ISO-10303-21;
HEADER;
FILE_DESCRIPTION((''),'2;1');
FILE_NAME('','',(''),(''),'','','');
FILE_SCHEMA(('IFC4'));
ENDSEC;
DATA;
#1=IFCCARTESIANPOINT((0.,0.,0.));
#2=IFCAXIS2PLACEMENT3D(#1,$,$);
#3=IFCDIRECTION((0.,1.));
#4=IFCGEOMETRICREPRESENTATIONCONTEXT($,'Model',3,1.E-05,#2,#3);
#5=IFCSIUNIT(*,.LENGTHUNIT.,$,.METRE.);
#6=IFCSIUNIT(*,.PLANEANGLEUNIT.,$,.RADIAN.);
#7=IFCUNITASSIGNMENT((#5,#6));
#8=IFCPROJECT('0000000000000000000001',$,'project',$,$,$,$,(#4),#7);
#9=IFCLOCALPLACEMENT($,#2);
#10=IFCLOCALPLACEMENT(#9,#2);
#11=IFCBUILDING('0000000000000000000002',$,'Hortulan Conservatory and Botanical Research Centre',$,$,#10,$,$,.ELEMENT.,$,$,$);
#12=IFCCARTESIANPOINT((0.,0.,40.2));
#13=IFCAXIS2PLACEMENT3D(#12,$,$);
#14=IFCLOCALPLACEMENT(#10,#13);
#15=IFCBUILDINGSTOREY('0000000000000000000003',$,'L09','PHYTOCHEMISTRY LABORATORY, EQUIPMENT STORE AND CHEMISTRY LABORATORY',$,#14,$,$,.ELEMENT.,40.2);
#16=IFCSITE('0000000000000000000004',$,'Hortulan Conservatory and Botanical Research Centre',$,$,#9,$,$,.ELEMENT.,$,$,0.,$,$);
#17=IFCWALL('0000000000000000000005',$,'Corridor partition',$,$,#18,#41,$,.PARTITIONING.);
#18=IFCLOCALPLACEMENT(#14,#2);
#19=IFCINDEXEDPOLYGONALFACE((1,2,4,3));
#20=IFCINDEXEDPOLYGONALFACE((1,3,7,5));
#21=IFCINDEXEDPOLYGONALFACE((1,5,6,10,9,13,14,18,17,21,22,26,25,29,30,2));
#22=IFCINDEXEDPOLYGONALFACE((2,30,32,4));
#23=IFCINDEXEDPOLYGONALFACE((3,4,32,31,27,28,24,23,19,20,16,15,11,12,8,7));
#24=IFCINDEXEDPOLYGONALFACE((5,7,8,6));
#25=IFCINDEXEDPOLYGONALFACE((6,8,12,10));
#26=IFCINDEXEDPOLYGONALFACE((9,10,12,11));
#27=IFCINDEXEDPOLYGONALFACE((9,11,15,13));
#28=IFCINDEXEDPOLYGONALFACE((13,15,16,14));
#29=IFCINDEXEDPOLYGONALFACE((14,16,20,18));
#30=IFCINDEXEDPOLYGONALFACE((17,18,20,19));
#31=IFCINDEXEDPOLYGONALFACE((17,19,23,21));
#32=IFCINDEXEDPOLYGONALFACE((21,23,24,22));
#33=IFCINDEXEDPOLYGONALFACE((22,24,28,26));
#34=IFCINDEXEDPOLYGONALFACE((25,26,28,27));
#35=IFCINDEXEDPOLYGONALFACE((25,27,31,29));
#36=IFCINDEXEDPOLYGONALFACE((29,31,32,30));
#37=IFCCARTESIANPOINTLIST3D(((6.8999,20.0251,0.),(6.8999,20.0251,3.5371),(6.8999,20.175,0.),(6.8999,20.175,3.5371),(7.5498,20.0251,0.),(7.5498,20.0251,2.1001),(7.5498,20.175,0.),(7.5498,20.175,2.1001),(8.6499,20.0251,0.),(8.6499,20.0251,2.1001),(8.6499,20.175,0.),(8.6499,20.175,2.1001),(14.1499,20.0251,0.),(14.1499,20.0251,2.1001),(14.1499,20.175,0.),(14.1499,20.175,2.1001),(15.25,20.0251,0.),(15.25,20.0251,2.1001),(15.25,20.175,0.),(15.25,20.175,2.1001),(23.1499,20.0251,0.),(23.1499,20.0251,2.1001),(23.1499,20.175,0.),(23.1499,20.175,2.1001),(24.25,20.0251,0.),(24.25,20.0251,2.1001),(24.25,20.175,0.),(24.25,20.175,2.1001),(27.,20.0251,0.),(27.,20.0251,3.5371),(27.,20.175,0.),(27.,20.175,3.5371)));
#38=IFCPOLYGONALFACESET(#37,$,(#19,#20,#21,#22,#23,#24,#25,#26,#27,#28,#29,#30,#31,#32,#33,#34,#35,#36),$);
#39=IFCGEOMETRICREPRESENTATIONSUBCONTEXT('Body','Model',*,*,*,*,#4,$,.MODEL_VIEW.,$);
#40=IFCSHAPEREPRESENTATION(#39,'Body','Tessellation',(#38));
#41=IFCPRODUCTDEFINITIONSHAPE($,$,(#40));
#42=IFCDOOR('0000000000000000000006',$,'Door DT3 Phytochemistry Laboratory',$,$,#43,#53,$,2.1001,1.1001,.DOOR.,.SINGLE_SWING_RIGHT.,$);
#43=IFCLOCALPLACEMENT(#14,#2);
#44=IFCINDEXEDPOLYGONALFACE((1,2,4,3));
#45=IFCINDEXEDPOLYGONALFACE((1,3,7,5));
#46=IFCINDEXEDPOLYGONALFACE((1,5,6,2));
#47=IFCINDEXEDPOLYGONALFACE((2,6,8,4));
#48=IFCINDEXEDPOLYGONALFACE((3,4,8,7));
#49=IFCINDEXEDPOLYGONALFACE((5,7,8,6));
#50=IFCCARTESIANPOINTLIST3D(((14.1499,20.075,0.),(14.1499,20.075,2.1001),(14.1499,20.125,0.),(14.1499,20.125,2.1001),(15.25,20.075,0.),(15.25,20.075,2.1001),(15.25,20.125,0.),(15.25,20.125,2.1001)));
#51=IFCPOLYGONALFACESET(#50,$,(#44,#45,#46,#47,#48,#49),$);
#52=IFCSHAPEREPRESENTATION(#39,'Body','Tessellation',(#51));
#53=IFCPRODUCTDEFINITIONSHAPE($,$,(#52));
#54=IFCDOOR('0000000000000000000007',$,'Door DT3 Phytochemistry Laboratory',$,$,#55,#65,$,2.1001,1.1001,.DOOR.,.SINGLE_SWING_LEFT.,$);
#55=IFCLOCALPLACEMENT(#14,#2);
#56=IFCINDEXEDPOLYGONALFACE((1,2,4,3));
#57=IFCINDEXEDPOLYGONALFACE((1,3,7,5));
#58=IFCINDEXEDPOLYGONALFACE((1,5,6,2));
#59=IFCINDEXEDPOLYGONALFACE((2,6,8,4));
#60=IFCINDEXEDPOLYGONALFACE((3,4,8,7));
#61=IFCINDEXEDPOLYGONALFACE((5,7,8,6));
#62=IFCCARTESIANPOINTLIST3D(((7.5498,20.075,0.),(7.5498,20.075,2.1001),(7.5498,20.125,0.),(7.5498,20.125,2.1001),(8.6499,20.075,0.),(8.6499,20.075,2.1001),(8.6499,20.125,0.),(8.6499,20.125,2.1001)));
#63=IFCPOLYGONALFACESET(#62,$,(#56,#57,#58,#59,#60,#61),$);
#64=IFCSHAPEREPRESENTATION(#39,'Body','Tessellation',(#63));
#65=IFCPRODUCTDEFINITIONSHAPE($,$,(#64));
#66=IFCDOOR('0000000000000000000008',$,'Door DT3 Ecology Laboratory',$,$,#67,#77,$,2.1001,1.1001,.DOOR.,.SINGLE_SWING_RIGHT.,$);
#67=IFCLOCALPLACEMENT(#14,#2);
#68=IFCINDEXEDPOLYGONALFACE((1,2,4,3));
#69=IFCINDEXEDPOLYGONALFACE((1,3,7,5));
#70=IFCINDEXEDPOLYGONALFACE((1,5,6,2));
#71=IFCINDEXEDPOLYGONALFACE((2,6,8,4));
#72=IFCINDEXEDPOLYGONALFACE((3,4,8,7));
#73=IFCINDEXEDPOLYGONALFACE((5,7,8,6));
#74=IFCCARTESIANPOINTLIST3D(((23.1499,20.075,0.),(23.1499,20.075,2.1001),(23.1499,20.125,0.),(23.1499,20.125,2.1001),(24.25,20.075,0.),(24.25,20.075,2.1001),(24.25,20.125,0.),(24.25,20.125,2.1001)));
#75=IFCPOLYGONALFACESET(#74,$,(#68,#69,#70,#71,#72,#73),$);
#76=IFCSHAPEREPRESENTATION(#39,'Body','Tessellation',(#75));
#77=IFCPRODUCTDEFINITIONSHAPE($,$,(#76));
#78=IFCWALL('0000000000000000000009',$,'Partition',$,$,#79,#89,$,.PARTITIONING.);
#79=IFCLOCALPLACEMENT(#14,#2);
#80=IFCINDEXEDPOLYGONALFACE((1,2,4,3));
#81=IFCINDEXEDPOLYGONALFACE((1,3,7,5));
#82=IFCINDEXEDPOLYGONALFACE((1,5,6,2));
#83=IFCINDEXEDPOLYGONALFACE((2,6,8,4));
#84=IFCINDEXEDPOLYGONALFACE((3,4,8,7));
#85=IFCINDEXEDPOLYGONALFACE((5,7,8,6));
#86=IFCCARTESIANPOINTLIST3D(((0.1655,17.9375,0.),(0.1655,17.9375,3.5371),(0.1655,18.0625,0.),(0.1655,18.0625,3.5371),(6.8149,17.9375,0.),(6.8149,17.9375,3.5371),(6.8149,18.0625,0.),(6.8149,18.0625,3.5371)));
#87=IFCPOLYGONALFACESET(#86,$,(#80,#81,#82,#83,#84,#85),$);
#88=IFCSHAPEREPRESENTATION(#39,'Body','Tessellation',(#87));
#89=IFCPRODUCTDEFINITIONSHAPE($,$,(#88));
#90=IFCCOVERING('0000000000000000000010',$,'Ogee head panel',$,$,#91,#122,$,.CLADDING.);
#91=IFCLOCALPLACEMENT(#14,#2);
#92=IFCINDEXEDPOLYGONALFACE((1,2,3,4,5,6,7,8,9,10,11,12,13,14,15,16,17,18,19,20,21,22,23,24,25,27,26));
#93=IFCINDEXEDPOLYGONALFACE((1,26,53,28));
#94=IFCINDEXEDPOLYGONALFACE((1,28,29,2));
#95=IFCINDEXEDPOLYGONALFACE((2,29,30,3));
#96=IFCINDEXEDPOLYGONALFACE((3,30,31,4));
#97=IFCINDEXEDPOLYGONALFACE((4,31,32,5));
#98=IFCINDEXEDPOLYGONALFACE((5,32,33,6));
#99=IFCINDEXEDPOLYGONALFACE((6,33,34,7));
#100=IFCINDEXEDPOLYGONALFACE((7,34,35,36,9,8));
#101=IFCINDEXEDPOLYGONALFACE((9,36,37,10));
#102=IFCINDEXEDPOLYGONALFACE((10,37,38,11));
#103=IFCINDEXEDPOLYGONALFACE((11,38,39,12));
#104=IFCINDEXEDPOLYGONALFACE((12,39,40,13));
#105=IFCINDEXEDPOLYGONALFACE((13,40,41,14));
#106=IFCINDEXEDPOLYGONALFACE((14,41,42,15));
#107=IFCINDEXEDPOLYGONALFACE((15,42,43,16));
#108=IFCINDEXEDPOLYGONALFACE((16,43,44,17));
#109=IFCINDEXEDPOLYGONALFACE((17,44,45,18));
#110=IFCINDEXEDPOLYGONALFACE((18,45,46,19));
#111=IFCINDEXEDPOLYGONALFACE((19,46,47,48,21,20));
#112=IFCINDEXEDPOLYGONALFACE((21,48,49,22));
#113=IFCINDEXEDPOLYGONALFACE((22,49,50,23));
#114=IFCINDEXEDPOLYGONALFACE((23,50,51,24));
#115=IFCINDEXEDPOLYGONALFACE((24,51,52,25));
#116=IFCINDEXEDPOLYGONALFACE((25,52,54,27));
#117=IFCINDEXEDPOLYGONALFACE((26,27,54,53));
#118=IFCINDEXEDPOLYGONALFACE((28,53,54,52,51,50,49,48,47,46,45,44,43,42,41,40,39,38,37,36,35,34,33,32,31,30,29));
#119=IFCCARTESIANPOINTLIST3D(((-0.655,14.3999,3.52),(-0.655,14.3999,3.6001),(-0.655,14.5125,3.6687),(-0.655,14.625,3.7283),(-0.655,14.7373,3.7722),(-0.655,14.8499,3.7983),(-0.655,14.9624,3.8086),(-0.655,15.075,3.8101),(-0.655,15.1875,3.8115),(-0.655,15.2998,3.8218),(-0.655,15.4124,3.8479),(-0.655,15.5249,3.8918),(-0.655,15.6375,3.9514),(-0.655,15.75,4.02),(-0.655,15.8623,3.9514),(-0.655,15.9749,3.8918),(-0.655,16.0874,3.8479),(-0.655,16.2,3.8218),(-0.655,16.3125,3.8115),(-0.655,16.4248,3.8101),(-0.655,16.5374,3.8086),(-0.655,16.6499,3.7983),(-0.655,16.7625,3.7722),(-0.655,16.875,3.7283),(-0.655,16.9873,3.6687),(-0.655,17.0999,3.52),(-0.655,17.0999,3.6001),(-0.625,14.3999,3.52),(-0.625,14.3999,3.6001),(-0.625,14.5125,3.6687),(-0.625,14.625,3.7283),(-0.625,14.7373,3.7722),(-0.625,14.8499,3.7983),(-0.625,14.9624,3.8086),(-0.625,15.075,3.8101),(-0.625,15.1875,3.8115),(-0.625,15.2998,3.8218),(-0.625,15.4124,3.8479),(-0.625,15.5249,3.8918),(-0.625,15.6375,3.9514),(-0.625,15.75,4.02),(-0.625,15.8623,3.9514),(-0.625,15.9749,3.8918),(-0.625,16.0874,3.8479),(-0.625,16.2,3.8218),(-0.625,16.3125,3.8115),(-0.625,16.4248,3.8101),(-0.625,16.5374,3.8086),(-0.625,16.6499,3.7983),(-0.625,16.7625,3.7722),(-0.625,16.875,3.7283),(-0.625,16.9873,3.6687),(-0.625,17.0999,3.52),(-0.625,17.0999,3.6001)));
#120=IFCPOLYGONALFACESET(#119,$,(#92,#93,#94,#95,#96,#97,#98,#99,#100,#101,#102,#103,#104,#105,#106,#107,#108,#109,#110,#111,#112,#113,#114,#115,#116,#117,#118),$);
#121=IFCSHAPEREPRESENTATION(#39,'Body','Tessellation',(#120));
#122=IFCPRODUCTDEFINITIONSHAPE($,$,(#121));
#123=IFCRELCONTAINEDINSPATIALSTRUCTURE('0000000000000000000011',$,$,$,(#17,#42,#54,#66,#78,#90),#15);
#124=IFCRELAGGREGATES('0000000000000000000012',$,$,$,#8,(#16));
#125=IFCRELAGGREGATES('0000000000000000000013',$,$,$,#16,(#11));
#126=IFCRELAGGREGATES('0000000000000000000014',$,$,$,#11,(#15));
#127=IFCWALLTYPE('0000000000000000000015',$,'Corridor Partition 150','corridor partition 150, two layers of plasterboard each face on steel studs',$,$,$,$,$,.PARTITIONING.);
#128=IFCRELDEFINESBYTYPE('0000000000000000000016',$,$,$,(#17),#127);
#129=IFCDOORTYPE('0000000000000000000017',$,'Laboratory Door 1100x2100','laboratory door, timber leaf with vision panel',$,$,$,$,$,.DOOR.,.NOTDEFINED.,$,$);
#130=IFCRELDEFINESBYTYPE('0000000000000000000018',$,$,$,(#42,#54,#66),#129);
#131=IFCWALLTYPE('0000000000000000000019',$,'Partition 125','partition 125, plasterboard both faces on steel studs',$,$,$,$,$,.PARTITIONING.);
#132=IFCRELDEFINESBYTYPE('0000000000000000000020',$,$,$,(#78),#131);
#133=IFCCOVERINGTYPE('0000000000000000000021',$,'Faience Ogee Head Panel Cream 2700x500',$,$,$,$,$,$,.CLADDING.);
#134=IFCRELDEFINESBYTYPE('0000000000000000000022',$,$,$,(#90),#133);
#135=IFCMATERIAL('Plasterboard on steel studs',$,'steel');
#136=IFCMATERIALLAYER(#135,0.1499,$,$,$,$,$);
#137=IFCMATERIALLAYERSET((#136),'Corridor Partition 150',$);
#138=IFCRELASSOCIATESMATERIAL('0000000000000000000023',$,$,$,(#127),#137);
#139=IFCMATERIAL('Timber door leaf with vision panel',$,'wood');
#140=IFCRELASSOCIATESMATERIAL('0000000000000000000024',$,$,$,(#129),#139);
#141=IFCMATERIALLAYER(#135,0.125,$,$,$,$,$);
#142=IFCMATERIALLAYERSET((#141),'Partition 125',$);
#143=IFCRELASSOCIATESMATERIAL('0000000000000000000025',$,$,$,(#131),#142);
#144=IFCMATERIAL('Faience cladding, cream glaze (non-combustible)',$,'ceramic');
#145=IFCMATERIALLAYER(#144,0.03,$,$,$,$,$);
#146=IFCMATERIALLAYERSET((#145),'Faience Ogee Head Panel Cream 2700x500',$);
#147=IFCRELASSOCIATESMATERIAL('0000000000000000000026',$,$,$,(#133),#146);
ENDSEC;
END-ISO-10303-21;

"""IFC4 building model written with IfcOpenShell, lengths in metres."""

from ifc_helpers import new_model, si_unit, direction, frame, frame_2d, origin, place, context, subcontext, project, spatial, polyline, rectangle, outline, extrude, material, layer, layer_set, type_object, element, fill, save


model = new_model("IFC4")

# Units and contexts
model_context = context("Model", 3, precision=1e-05, world=origin(), true_north=direction((0.0, 1.0)))
body_context = subcontext(model_context, "Body", "Model", "MODEL_VIEW")
ifc_project = project(units=[si_unit("LENGTHUNIT", "METRE"), si_unit("PLANEANGLEUNIT", "RADIAN")], contexts=[model_context])

# Site, building, storey
site_placement = place(None, origin())
site = spatial("IfcSite", under=ifc_project, at=site_placement, Name="Hortulan Conservatory and Botanical Research Centre", CompositionType="ELEMENT", RefElevation=0.0)
building_placement = place(site_placement, origin())
building = spatial("IfcBuilding", under=site, at=building_placement, Name="Hortulan Conservatory and Botanical Research Centre", CompositionType="ELEMENT")
storey_placement = place(building_placement, frame((0.0, 0.0, 40.2)))
storey = spatial("IfcBuildingStorey", under=building, at=storey_placement, Name="L09", Description="PHYTOCHEMISTRY LABORATORY, EQUIPMENT STORE AND CHEMISTRY LABORATORY", CompositionType="ELEMENT", Elevation=40.2)

# Wall, openings, doors
ifc_material_1 = material(Name="Plasterboard on steel studs", Category="steel")
ifc_layer_1 = layer(ifc_material_1, 0.1499)
ifc_layer_set_1 = layer_set([ifc_layer_1], Name="Corridor Partition 150")
wall_type_1 = type_object("IfcWallType", Name="Corridor Partition 150", Description="corridor partition 150, two layers of plasterboard each face on steel studs", PredefinedType="PARTITIONING", material=ifc_layer_set_1)
wall_1_placement = place(storey_placement, frame((6.8999, 20.1001, 0.0), z_axis=(0.0, 0.0, 1.0), x_axis=(1.0, 0.0, 0.0)))
wall_1 = element("IfcWall", 1, at=wall_1_placement, inside=storey, type_object=wall_type_1, Name="Corridor partition", PredefinedType="PARTITIONING", context=body_context, shape_type="SweptSolid", body=[
    extrude(rectangle(XDim=20.1001, YDim=0.1499, at=frame_2d((10.05, 0.0))), origin(), (0.0, 0.0, 1.0), 3.5371),
])
opening_1_placement = place(wall_1_placement, frame((7.25, 0.0, 0.0)))
opening_1 = element("IfcOpeningElement", 2, at=opening_1_placement, cuts=wall_1, PredefinedType="OPENING", context=body_context, shape_type="SweptSolid", body=[
    extrude(rectangle(XDim=1.1001, YDim=2.1001, at=frame_2d((0.55, 1.05))), frame((0.0, 0.085, 0.0), z_axis=(0.0, -1.0, 0.0), x_axis=(1.0, 0.0, 0.0)), (0.0, 0.0, 1.0), 0.1699),
])
opening_2_placement = place(wall_1_placement, frame((0.6499, 0.0, 0.0)))
opening_2 = element("IfcOpeningElement", 3, at=opening_2_placement, cuts=wall_1, PredefinedType="OPENING", context=body_context, shape_type="SweptSolid", body=[
    extrude(rectangle(XDim=1.1001, YDim=2.1001, at=frame_2d((0.55, 1.05))), frame((0.0, 0.085, 0.0), z_axis=(0.0, -1.0, 0.0), x_axis=(1.0, 0.0, 0.0)), (0.0, 0.0, 1.0), 0.1699),
])
opening_3_placement = place(wall_1_placement, frame((16.25, 0.0, 0.0)))
opening_3 = element("IfcOpeningElement", 4, at=opening_3_placement, cuts=wall_1, PredefinedType="OPENING", context=body_context, shape_type="SweptSolid", body=[
    extrude(rectangle(XDim=1.1001, YDim=2.1001, at=frame_2d((0.55, 1.05))), frame((0.0, 0.085, 0.0), z_axis=(0.0, -1.0, 0.0), x_axis=(1.0, 0.0, 0.0)), (0.0, 0.0, 1.0), 0.1699),
])
ifc_material_2 = material(Name="Timber door leaf with vision panel", Category="wood")
door_type = type_object("IfcDoorType", Name="Laboratory Door 1100x2100", Description="laboratory door, timber leaf with vision panel", OperationType="NOTDEFINED", PredefinedType="DOOR", material=ifc_material_2)
door_1_placement = place(opening_1_placement, origin())
door_1 = element("IfcDoor", 5, at=door_1_placement, inside=storey, type_object=door_type, Name="Door DT3 Phytochemistry Laboratory", OperationType="SINGLE_SWING_RIGHT", OverallHeight=2.1001, OverallWidth=1.1001, PredefinedType="DOOR", context=body_context, shape_type="SweptSolid", body=[
    extrude(rectangle(XDim=1.1001, YDim=2.1001, at=frame_2d((0.55, 1.05))), frame((0.0, 0.0249, 0.0), z_axis=(0.0, -1.0, 0.0), x_axis=(1.0, 0.0, 0.0)), (0.0, 0.0, 1.0), 0.05),
])
fill(opening_1, door_1)
door_2_placement = place(opening_2_placement, origin())
door_2 = element("IfcDoor", 6, at=door_2_placement, inside=storey, type_object=door_type, Name="Door DT3 Phytochemistry Laboratory", OperationType="SINGLE_SWING_LEFT", OverallHeight=2.1001, OverallWidth=1.1001, PredefinedType="DOOR", context=body_context, shape_type="SweptSolid", body=[
    extrude(rectangle(XDim=1.1001, YDim=2.1001, at=frame_2d((0.55, 1.05))), frame((0.0, 0.0249, 0.0), z_axis=(0.0, -1.0, 0.0), x_axis=(1.0, 0.0, 0.0)), (0.0, 0.0, 1.0), 0.05),
])
fill(opening_2, door_2)
door_3_placement = place(opening_3_placement, origin())
door_3 = element("IfcDoor", 7, at=door_3_placement, inside=storey, type_object=door_type, Name="Door DT3 Ecology Laboratory", OperationType="SINGLE_SWING_RIGHT", OverallHeight=2.1001, OverallWidth=1.1001, PredefinedType="DOOR", context=body_context, shape_type="SweptSolid", body=[
    extrude(rectangle(XDim=1.1001, YDim=2.1001, at=frame_2d((0.55, 1.05))), frame((0.0, 0.0249, 0.0), z_axis=(0.0, -1.0, 0.0), x_axis=(1.0, 0.0, 0.0)), (0.0, 0.0, 1.0), 0.05),
])
fill(opening_3, door_3)

# Wall
ifc_layer_2 = layer(ifc_material_1, 0.125)
ifc_layer_set_2 = layer_set([ifc_layer_2], Name="Partition 125")
wall_type_2 = type_object("IfcWallType", Name="Partition 125", Description="partition 125, plasterboard both faces on steel studs", PredefinedType="PARTITIONING", material=ifc_layer_set_2)
wall_2_placement = place(storey_placement, frame((0.1655, 18.0, 0.0), z_axis=(0.0, 0.0, 1.0), x_axis=(1.0, 0.0, 0.0)))
element("IfcWall", 8, at=wall_2_placement, inside=storey, type_object=wall_type_2, Name="Partition", PredefinedType="PARTITIONING", context=body_context, shape_type="SweptSolid", body=[
    extrude(rectangle(XDim=6.6494, YDim=0.125, at=frame_2d((3.3247, 0.0))), origin(), (0.0, 0.0, 1.0), 3.5371),
])

# Covering
ifc_material_3 = material(Name="Faience cladding, cream glaze (non-combustible)", Category="ceramic")
ifc_layer_3 = layer(ifc_material_3, 0.03)
ifc_layer_set_3 = layer_set([ifc_layer_3], Name="Faience Ogee Head Panel Cream 2700x500")
covering_type = type_object("IfcCoveringType", Name="Faience Ogee Head Panel Cream 2700x500", PredefinedType="CLADDING", material=ifc_layer_set_3)
covering_placement = place(storey_placement, frame((-0.6399, 14.3999, 3.52), z_axis=(0.0, 0.0, 1.0), x_axis=(0.0, 1.0, 0.0)))
element("IfcCovering", 9, at=covering_placement, inside=storey, type_object=covering_type, Name="Ogee head panel", PredefinedType="CLADDING", context=body_context, shape_type="SweptSolid", body=[
    extrude(outline(polyline([(0.0, 0.0), (2.7, 0.0), (2.7, 0.0801), (2.5874, 0.1487), (2.4751, 0.2083), (2.3625, 0.2522), (2.25, 0.2783), (2.1375, 0.2886), (2.0249, 0.29), (1.9126, 0.2915), (1.8, 0.3018), (1.6875, 0.3279), (1.575, 0.3718), (1.4624, 0.4314), (1.3501, 0.5), (1.2375, 0.4314), (1.125, 0.3718), (1.0125, 0.3279), (0.8999, 0.3018), (0.7876, 0.2915), (0.675, 0.29), (0.5625, 0.2886), (0.45, 0.2783), (0.3374, 0.2522), (0.2251, 0.2083), (0.1125, 0.1487), (0.0, 0.0801), (0.0, 0.0)])), frame((0.0, 0.0151, 0.0), z_axis=(0.0, -1.0, 0.0), x_axis=(1.0, 0.0, 0.0)), (0.0, 0.0, 1.0), 0.03),
])

save(model, "model.ifc")
